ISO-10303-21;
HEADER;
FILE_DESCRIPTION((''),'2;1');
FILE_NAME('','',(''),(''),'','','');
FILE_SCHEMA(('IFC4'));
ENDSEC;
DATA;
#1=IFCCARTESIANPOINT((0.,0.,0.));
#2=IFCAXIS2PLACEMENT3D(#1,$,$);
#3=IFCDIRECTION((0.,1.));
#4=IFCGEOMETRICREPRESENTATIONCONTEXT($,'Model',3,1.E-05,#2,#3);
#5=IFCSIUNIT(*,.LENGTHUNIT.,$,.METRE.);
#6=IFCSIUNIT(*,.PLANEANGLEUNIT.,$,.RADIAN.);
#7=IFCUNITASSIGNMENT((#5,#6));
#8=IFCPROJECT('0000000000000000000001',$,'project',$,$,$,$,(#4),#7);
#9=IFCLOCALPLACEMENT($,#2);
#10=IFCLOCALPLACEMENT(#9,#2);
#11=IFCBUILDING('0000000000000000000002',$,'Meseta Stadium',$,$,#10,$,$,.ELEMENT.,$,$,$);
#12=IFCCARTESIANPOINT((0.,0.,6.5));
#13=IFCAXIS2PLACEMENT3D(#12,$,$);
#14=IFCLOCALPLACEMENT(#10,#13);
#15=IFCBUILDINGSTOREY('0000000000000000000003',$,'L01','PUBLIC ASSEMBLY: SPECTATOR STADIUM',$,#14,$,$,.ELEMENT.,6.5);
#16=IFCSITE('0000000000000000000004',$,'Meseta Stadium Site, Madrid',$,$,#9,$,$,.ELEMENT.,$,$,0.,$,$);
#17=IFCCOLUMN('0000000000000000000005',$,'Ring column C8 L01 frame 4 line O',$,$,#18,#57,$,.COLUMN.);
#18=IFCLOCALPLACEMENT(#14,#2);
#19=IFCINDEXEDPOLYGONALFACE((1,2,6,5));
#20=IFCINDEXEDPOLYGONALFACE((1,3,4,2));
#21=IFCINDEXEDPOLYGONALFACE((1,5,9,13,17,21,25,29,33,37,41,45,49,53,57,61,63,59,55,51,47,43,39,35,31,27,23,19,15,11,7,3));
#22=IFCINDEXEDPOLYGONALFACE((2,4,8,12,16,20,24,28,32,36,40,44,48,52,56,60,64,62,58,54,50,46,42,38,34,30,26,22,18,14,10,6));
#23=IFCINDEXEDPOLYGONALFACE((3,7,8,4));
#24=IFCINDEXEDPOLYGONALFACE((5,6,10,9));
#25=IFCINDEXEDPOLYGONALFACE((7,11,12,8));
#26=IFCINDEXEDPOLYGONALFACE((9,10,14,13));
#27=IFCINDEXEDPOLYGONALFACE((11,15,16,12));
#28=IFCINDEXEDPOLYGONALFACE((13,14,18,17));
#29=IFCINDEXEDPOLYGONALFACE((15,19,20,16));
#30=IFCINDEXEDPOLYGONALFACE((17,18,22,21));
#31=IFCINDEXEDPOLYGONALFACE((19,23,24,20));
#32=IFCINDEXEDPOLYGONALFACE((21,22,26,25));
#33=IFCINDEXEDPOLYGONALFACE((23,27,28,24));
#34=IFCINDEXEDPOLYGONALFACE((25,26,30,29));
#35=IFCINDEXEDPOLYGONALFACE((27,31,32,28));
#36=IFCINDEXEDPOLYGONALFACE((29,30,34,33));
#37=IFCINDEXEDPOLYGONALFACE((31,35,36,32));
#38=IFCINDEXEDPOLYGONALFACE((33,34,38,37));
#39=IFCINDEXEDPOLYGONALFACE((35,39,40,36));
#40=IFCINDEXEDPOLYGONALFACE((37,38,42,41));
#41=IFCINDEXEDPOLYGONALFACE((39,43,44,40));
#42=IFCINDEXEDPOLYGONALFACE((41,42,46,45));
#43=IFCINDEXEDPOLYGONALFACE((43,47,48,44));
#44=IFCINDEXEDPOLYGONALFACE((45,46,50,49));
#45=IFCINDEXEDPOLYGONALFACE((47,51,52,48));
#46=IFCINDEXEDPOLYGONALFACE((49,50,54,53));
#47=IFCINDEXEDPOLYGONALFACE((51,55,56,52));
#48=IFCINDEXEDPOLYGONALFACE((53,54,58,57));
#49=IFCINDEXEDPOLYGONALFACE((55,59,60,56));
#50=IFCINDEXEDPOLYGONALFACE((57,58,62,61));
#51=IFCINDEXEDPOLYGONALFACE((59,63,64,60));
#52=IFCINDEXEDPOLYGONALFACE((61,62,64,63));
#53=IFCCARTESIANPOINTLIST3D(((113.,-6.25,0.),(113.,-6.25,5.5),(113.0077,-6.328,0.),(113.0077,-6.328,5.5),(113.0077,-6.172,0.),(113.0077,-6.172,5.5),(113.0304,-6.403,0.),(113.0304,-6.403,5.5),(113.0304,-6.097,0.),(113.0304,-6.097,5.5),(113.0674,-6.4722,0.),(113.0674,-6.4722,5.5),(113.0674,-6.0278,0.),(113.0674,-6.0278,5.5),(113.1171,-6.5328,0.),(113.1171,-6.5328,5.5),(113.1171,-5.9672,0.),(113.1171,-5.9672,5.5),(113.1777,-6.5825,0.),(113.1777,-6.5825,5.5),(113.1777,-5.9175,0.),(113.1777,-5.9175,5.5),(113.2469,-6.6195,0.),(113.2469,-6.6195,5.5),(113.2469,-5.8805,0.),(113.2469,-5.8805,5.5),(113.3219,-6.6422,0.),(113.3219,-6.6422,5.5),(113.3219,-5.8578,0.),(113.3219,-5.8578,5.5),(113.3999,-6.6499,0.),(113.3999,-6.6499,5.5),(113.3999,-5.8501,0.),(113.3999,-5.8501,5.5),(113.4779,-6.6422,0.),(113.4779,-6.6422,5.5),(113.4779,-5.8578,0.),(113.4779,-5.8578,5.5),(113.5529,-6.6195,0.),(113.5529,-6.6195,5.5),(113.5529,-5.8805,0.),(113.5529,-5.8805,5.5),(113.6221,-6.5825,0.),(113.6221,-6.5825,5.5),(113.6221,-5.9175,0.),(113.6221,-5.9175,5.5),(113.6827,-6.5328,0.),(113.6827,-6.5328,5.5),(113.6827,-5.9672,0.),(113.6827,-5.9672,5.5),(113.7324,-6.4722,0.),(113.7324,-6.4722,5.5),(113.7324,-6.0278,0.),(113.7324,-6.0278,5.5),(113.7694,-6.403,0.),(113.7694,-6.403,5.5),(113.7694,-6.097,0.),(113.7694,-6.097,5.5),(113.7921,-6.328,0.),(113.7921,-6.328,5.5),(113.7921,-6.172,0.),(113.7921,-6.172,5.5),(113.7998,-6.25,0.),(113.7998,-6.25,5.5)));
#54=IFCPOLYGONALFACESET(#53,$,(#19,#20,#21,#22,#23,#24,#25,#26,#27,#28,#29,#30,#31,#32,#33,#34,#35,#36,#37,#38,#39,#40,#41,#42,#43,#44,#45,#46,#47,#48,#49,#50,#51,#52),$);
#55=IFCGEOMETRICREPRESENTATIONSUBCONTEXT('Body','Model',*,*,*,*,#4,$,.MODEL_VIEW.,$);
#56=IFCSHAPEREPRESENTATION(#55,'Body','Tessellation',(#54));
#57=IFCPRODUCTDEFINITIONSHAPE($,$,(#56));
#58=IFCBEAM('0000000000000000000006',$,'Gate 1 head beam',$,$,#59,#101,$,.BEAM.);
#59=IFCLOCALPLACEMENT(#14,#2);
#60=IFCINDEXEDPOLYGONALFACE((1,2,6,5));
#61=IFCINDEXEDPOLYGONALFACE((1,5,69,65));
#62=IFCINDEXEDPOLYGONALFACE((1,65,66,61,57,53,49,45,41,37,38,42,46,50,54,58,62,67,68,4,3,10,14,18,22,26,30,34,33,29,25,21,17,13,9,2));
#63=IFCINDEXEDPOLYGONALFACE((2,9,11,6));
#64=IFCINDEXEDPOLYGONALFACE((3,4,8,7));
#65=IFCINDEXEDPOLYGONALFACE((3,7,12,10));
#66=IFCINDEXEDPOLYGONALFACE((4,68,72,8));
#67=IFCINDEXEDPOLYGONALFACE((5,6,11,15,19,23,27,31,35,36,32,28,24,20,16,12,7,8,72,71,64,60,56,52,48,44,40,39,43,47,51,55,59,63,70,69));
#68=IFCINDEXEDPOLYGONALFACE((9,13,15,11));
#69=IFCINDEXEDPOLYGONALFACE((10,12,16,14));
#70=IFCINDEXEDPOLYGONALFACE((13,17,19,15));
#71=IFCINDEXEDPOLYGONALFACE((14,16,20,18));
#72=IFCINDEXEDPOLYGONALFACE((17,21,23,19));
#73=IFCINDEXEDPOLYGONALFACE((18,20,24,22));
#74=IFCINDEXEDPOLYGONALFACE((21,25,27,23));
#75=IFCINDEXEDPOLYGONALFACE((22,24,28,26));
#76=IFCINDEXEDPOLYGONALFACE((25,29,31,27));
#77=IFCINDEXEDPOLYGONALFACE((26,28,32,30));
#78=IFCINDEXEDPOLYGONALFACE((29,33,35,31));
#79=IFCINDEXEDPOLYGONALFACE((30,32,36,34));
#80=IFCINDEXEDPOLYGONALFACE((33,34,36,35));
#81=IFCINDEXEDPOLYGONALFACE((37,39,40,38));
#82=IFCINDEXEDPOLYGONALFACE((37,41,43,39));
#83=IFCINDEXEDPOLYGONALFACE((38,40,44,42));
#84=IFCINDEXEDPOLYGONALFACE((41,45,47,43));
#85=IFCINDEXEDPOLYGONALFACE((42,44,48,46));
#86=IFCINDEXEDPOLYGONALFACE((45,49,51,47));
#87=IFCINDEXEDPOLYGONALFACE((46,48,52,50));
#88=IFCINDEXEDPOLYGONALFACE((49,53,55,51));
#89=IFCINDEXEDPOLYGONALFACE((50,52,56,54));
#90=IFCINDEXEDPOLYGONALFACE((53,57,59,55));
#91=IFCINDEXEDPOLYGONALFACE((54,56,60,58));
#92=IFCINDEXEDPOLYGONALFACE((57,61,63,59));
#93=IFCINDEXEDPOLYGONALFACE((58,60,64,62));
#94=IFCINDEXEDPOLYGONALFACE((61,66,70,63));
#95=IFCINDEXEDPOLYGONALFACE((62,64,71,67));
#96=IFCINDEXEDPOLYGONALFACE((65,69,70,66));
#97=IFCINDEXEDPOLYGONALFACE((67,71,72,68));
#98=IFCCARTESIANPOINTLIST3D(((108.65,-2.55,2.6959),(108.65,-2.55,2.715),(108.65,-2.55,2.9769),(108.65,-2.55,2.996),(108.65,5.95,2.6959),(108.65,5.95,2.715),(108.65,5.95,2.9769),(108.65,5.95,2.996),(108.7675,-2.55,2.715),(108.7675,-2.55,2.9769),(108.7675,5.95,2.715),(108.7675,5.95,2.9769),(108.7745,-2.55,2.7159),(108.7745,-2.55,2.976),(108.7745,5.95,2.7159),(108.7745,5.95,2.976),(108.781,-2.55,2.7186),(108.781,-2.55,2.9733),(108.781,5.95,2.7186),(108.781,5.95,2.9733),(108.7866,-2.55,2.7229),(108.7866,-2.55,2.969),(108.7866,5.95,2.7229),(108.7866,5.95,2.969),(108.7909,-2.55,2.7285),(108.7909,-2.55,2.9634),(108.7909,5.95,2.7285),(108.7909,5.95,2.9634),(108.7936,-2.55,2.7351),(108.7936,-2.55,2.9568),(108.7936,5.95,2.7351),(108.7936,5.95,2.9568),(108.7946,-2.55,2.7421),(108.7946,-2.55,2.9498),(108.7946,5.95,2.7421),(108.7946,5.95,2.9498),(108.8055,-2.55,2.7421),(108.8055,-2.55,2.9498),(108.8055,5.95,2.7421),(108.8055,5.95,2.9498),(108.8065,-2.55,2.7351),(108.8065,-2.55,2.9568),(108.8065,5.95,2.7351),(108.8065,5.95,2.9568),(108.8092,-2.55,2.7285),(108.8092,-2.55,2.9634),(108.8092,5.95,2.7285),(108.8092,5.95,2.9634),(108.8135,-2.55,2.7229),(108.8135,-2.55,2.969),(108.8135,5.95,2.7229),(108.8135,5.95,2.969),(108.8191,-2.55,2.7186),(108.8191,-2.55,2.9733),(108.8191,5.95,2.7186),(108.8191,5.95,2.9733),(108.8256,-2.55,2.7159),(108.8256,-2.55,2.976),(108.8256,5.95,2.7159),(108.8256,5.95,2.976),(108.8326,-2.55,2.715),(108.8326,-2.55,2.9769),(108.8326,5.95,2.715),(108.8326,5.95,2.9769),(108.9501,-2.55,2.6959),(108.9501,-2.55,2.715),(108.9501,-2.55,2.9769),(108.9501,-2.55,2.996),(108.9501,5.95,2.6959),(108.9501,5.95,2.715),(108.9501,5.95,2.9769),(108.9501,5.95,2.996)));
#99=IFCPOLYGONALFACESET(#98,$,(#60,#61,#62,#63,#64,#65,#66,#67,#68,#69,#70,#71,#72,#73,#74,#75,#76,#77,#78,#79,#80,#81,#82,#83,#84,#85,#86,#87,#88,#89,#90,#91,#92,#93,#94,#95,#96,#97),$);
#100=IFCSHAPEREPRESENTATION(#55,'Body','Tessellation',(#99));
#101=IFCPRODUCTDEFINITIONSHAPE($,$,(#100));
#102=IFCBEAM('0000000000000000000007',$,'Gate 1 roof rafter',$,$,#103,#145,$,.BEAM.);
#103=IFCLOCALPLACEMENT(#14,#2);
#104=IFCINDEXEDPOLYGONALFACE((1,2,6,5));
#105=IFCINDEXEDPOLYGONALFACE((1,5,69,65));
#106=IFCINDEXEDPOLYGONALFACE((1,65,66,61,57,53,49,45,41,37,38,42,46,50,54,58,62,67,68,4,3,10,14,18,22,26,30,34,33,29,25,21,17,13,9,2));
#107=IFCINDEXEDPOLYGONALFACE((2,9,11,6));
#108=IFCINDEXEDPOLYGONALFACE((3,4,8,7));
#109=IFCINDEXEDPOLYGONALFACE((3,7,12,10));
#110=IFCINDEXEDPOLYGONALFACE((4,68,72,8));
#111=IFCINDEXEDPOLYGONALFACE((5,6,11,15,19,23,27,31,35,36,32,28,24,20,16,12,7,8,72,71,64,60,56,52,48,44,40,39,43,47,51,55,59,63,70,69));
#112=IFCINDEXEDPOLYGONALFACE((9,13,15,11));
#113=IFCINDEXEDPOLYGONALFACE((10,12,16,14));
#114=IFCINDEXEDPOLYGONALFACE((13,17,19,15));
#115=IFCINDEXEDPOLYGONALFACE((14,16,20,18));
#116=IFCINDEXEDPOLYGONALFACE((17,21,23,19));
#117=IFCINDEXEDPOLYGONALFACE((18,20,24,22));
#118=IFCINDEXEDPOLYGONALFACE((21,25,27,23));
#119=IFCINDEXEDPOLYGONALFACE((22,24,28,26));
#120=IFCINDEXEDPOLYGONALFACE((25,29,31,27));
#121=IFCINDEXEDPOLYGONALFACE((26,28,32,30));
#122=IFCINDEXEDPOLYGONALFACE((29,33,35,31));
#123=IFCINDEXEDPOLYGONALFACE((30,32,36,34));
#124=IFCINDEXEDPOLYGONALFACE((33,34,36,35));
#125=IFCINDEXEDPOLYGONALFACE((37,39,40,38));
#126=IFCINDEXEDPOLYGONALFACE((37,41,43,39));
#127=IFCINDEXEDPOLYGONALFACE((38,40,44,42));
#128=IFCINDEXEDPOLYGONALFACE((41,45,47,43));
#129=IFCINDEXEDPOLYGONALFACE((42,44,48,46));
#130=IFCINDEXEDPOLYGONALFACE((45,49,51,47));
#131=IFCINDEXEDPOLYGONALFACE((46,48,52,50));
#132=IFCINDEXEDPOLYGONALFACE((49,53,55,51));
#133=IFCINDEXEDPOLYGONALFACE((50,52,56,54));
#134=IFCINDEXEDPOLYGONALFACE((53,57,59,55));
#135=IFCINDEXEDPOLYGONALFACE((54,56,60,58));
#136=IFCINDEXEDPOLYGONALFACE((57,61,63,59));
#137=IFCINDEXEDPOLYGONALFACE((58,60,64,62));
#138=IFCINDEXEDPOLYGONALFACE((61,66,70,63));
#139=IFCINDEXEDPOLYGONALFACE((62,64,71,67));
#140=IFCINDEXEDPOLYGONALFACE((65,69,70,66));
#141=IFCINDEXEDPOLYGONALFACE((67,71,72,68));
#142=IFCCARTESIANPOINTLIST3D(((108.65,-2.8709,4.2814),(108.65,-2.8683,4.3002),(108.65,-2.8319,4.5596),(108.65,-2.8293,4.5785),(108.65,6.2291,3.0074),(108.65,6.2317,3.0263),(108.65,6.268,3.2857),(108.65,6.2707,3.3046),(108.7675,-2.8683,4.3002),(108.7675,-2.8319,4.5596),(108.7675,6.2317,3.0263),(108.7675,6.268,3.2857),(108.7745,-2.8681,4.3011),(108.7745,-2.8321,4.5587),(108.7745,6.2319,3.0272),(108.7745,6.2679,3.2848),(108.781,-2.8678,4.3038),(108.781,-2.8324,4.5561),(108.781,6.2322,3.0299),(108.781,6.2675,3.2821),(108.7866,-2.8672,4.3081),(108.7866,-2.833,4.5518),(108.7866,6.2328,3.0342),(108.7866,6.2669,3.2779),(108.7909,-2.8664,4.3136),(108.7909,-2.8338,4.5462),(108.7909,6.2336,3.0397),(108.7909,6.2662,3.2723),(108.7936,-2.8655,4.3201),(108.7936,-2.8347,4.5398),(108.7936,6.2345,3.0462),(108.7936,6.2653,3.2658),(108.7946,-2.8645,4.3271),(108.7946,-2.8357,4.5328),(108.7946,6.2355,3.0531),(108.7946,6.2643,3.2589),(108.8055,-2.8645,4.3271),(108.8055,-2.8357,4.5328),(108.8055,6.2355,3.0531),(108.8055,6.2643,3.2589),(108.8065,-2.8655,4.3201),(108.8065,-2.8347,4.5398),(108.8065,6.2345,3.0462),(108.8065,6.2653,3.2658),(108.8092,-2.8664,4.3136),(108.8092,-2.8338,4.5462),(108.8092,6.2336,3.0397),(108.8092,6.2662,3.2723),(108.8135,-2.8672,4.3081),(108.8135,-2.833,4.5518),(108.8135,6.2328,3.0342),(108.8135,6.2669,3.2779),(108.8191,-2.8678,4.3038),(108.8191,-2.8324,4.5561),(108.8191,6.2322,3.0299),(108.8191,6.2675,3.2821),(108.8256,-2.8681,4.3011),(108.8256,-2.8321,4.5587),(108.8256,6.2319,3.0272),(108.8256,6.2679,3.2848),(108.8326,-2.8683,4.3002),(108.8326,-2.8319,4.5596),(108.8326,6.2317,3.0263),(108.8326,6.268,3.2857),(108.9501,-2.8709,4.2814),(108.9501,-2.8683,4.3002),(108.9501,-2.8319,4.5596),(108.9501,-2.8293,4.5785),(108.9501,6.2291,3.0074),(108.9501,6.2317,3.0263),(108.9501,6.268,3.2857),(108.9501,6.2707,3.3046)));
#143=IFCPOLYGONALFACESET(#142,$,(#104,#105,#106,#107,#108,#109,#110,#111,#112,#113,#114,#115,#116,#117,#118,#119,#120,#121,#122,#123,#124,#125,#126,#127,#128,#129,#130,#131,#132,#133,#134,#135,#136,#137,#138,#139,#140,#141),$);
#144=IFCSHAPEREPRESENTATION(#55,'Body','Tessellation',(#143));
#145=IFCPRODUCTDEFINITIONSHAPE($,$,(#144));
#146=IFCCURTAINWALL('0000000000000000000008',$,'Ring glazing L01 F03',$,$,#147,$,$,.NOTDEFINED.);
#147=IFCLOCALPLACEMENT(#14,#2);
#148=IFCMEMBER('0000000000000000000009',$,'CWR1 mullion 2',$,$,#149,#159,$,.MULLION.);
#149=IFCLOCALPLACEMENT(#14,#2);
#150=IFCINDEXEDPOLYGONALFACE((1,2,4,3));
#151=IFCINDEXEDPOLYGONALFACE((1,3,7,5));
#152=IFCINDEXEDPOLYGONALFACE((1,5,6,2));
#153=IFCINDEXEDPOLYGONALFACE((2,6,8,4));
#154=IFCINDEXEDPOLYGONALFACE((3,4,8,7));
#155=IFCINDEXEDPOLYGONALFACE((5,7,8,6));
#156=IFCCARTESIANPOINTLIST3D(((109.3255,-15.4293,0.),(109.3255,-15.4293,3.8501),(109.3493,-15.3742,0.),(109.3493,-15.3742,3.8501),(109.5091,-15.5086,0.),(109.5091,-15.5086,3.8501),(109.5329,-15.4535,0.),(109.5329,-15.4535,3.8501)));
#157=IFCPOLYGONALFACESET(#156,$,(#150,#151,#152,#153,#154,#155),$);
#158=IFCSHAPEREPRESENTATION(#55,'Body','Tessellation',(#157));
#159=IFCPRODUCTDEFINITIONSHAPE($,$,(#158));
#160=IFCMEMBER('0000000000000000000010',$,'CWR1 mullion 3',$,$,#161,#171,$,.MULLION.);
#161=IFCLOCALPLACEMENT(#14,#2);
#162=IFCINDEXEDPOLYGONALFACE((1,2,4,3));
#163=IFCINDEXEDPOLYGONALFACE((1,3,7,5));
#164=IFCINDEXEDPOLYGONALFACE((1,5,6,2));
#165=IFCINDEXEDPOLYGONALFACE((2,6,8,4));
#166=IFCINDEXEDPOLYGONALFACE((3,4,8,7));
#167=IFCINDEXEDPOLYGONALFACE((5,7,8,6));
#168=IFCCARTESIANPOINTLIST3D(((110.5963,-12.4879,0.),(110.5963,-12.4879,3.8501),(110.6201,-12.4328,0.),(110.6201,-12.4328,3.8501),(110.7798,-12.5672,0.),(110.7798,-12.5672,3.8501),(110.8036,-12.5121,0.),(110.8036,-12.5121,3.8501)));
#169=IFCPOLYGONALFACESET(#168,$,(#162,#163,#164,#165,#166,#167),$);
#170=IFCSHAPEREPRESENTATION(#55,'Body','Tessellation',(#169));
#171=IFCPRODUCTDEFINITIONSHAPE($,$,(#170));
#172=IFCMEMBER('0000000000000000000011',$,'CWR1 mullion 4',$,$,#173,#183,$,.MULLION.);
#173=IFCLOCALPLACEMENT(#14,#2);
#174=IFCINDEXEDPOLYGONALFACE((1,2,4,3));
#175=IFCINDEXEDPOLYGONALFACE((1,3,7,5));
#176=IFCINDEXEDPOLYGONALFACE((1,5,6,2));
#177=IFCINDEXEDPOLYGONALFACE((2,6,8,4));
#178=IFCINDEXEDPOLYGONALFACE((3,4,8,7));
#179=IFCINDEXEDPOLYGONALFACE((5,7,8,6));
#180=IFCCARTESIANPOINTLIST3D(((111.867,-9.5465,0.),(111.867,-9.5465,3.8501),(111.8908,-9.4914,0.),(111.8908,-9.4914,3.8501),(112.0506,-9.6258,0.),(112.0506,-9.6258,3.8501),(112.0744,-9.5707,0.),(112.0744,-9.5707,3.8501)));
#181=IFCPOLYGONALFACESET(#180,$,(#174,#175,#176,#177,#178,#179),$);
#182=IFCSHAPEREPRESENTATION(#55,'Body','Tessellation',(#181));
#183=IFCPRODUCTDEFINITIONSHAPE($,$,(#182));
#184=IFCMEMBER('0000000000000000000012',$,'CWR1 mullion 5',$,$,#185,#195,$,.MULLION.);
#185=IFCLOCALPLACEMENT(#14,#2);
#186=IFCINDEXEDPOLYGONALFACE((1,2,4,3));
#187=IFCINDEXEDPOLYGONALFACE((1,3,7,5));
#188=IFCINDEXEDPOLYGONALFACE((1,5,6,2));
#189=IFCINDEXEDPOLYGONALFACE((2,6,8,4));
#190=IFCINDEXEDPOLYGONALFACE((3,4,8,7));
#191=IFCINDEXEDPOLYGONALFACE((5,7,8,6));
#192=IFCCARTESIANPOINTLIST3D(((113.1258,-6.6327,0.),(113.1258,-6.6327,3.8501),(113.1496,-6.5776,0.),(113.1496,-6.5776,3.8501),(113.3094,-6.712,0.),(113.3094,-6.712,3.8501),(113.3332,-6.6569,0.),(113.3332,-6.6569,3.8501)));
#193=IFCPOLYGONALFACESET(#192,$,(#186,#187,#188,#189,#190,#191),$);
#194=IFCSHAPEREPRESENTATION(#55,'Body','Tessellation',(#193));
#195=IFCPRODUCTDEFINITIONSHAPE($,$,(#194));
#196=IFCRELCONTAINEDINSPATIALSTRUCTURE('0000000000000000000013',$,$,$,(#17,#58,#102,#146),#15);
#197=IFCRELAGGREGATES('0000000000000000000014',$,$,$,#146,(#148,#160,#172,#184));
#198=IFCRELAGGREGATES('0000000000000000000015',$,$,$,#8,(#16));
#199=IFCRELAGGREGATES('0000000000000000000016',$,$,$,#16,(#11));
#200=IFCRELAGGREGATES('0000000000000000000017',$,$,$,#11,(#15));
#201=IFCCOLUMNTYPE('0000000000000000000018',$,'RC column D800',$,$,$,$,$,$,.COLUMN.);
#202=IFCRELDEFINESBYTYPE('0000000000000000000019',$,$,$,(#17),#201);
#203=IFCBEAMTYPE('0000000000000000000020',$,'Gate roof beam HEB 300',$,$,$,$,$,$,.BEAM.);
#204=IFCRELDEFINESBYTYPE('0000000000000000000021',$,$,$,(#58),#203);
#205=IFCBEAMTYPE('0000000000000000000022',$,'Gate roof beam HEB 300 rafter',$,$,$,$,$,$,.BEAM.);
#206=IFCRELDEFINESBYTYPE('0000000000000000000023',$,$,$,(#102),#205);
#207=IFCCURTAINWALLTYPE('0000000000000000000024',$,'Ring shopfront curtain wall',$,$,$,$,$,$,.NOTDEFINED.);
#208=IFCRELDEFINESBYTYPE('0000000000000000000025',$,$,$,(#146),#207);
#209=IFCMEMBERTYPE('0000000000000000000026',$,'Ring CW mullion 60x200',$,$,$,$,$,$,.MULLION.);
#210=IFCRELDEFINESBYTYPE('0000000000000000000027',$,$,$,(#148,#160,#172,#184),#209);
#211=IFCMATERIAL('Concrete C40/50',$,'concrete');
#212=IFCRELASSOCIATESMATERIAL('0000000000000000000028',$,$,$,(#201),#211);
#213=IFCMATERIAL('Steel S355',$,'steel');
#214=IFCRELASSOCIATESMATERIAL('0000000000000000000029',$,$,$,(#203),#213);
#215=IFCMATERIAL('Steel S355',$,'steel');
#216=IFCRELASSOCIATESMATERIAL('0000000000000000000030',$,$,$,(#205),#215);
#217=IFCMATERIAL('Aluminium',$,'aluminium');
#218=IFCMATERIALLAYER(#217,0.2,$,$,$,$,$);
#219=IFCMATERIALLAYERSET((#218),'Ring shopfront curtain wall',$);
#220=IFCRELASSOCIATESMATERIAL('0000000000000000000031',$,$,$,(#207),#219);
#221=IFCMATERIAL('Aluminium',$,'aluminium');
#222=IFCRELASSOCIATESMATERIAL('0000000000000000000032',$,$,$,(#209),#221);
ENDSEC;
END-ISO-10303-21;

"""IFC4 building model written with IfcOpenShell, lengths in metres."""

from ifc_helpers import new_model, si_unit, direction, frame, origin, origin_2d, place, context, subcontext, project, spatial, rectangle, circle, i_section, extrude, material, layer, layer_set, material_profile, profile_set, type_object, element, aggregate, save


model = new_model("IFC4")

# Units and contexts
model_context = context("Model", 3, precision=1e-05, world=origin(), true_north=direction((0.0, 1.0)))
body_context = subcontext(model_context, "Body", "Model", "MODEL_VIEW")
ifc_project = project(units=[si_unit("LENGTHUNIT", "METRE"), si_unit("PLANEANGLEUNIT", "RADIAN")], contexts=[model_context])

# Site, building, storey
site_placement = place(None, origin())
site = spatial("IfcSite", under=ifc_project, at=site_placement, Name="Meseta Stadium Site, Madrid", CompositionType="ELEMENT", RefElevation=0.0)
building_placement = place(site_placement, origin())
building = spatial("IfcBuilding", under=site, at=building_placement, Name="Meseta Stadium", CompositionType="ELEMENT")
storey_placement = place(building_placement, frame((0.0, 0.0, 6.5)))
storey = spatial("IfcBuildingStorey", under=building, at=storey_placement, Name="L01", Description="PUBLIC ASSEMBLY: SPECTATOR STADIUM", CompositionType="ELEMENT", Elevation=6.5)

# Column
ifc_material_1 = material(Name="Concrete C40/50", Category="concrete")
ifc_material_profile_1 = material_profile(ifc_material_1, circle(Radius=0.3999, at=origin_2d()), Name="RC D800")
ifc_profile_set_1 = profile_set([ifc_material_profile_1], Name="Concrete C40/50")
column_type = type_object("IfcColumnType", Name="RC column D800", PredefinedType="COLUMN", material=ifc_profile_set_1)
column_placement = place(storey_placement, frame((113.3999, -6.25, 0.0), z_axis=(0.0, 0.0, 1.0), x_axis=(1.0, 0.0, 0.0)))
element("IfcColumn", 1, at=column_placement, inside=storey, type_object=column_type, Name="Ring column C8 L01 frame 4 line O", PredefinedType="COLUMN", context=body_context, shape_type="SweptSolid", body=[
    extrude(circle(Radius=0.3999, at=origin_2d()), origin(), (0.0, 0.0, 1.0), 5.5),
])

# Beams
ifc_material_2 = material(Name="Steel S355", Category="steel")
ifc_material_profile_2 = material_profile(ifc_material_2, i_section(OverallWidth=0.3, OverallDepth=0.3, WebThickness=0.011, FlangeThickness=0.019, FilletRadius=0.0271, at=origin_2d()), Name="HEB 300")
ifc_profile_set_2 = profile_set([ifc_material_profile_2], Name="Steel S355")
beam_type_1 = type_object("IfcBeamType", Name="Gate roof beam HEB 300", PredefinedType="BEAM", material=ifc_profile_set_2)
beam_1_placement = place(storey_placement, frame((108.8, -2.55, 2.8459), z_axis=(0.0, 1.0, 0.0), x_axis=(-1.0, 0.0, 0.0)))
element("IfcBeam", 2, at=beam_1_placement, inside=storey, type_object=beam_type_1, Name="Gate 1 head beam", PredefinedType="BEAM", context=body_context, shape_type="SweptSolid", body=[
    extrude(i_section(OverallWidth=0.3, OverallDepth=0.3, WebThickness=0.011, FlangeThickness=0.019, FilletRadius=0.0271, at=origin_2d()), origin(), (0.0, 0.0, 1.0), 8.5),
])
ifc_material_3 = material(Name="Steel S355", Category="steel")
ifc_material_profile_3 = material_profile(ifc_material_3, i_section(OverallWidth=0.3, OverallDepth=0.3, WebThickness=0.011, FlangeThickness=0.019, FilletRadius=0.0271, at=origin_2d()), Name="HEB 300")
ifc_profile_set_3 = profile_set([ifc_material_profile_3], Name="Steel S355")
beam_type_2 = type_object("IfcBeamType", Name="Gate roof beam HEB 300 rafter", PredefinedType="BEAM", material=ifc_profile_set_3)
beam_2_placement = place(storey_placement, frame((108.8, -2.8501, 4.4299), z_axis=(0.0, 0.990343, -0.138638), x_axis=(-1.0, 0.0, 0.0)))
element("IfcBeam", 3, at=beam_2_placement, inside=storey, type_object=beam_type_2, Name="Gate 1 roof rafter", PredefinedType="BEAM", context=body_context, shape_type="SweptSolid", body=[
    extrude(i_section(OverallWidth=0.3, OverallDepth=0.3, WebThickness=0.011, FlangeThickness=0.019, FilletRadius=0.0271, at=origin_2d()), origin(), (0.0, 0.0, 1.0), 9.1887),
])

# Curtain wall, members
ifc_material_4 = material(Name="Aluminium", Category="aluminium")
ifc_layer_1 = layer(ifc_material_4, 0.2)
ifc_layer_set_1 = layer_set([ifc_layer_1], Name="Ring shopfront curtain wall")
curtain_wall_type_1 = type_object("IfcCurtainWallType", Name="Ring shopfront curtain wall", PredefinedType="NOTDEFINED", material=ifc_layer_set_1)
curtain_wall_1_placement = place(storey_placement, origin())
curtain_wall_1 = element("IfcCurtainWall", 4, at=curtain_wall_1_placement, inside=storey, type_object=curtain_wall_type_1, Name="Ring glazing L01 F03", PredefinedType="NOTDEFINED")
ifc_material_5 = material(Name="Aluminium", Category="aluminium")
ifc_material_profile_4 = material_profile(ifc_material_5, rectangle(XDim=0.2, YDim=0.0601, at=origin_2d()), Name="CW 200x60")
ifc_profile_set_4 = profile_set([ifc_material_profile_4], Name="Aluminium")
member_type_1 = type_object("IfcMemberType", Name="Ring CW mullion 60x200", PredefinedType="MULLION", material=ifc_profile_set_4)
member_1_placement = place(storey_placement, frame((109.4292, -15.4414, 0.0), z_axis=(0.0, 0.0, 1.0), x_axis=(-0.918, 0.396581, 0.0)))
member_1 = element("IfcMember", 5, at=member_1_placement, type_object=member_type_1, Name="CWR1 mullion 2", PredefinedType="MULLION", context=body_context, shape_type="SweptSolid", body=[
    extrude(rectangle(XDim=0.2, YDim=0.0601, at=origin_2d()), origin(), (0.0, 0.0, 1.0), 3.8501),
])
member_2_placement = place(storey_placement, frame((110.7, -12.5, 0.0), z_axis=(0.0, 0.0, 1.0), x_axis=(-0.918, 0.396581, 0.0)))
member_2 = element("IfcMember", 6, at=member_2_placement, type_object=member_type_1, Name="CWR1 mullion 3", PredefinedType="MULLION", context=body_context, shape_type="SweptSolid", body=[
    extrude(rectangle(XDim=0.2, YDim=0.0601, at=origin_2d()), origin(), (0.0, 0.0, 1.0), 3.8501),
])
member_3_placement = place(storey_placement, frame((111.9707, -9.5586, 0.0), z_axis=(0.0, 0.0, 1.0), x_axis=(-0.918, 0.396581, 0.0)))
member_3 = element("IfcMember", 7, at=member_3_placement, type_object=member_type_1, Name="CWR1 mullion 4", PredefinedType="MULLION", context=body_context, shape_type="SweptSolid", body=[
    extrude(rectangle(XDim=0.2, YDim=0.0601, at=origin_2d()), origin(), (0.0, 0.0, 1.0), 3.8501),
])
member_4_placement = place(storey_placement, frame((113.2295, -6.6448, 0.0), z_axis=(0.0, 0.0, 1.0), x_axis=(-0.918, 0.396581, 0.0)))
member_4 = element("IfcMember", 8, at=member_4_placement, type_object=member_type_1, Name="CWR1 mullion 5", PredefinedType="MULLION", context=body_context, shape_type="SweptSolid", body=[
    extrude(rectangle(XDim=0.2, YDim=0.0601, at=origin_2d()), origin(), (0.0, 0.0, 1.0), 3.8501),
])

aggregate(curtain_wall_1, [member_1, member_2, member_3, member_4])

save(model, "model.ifc")
